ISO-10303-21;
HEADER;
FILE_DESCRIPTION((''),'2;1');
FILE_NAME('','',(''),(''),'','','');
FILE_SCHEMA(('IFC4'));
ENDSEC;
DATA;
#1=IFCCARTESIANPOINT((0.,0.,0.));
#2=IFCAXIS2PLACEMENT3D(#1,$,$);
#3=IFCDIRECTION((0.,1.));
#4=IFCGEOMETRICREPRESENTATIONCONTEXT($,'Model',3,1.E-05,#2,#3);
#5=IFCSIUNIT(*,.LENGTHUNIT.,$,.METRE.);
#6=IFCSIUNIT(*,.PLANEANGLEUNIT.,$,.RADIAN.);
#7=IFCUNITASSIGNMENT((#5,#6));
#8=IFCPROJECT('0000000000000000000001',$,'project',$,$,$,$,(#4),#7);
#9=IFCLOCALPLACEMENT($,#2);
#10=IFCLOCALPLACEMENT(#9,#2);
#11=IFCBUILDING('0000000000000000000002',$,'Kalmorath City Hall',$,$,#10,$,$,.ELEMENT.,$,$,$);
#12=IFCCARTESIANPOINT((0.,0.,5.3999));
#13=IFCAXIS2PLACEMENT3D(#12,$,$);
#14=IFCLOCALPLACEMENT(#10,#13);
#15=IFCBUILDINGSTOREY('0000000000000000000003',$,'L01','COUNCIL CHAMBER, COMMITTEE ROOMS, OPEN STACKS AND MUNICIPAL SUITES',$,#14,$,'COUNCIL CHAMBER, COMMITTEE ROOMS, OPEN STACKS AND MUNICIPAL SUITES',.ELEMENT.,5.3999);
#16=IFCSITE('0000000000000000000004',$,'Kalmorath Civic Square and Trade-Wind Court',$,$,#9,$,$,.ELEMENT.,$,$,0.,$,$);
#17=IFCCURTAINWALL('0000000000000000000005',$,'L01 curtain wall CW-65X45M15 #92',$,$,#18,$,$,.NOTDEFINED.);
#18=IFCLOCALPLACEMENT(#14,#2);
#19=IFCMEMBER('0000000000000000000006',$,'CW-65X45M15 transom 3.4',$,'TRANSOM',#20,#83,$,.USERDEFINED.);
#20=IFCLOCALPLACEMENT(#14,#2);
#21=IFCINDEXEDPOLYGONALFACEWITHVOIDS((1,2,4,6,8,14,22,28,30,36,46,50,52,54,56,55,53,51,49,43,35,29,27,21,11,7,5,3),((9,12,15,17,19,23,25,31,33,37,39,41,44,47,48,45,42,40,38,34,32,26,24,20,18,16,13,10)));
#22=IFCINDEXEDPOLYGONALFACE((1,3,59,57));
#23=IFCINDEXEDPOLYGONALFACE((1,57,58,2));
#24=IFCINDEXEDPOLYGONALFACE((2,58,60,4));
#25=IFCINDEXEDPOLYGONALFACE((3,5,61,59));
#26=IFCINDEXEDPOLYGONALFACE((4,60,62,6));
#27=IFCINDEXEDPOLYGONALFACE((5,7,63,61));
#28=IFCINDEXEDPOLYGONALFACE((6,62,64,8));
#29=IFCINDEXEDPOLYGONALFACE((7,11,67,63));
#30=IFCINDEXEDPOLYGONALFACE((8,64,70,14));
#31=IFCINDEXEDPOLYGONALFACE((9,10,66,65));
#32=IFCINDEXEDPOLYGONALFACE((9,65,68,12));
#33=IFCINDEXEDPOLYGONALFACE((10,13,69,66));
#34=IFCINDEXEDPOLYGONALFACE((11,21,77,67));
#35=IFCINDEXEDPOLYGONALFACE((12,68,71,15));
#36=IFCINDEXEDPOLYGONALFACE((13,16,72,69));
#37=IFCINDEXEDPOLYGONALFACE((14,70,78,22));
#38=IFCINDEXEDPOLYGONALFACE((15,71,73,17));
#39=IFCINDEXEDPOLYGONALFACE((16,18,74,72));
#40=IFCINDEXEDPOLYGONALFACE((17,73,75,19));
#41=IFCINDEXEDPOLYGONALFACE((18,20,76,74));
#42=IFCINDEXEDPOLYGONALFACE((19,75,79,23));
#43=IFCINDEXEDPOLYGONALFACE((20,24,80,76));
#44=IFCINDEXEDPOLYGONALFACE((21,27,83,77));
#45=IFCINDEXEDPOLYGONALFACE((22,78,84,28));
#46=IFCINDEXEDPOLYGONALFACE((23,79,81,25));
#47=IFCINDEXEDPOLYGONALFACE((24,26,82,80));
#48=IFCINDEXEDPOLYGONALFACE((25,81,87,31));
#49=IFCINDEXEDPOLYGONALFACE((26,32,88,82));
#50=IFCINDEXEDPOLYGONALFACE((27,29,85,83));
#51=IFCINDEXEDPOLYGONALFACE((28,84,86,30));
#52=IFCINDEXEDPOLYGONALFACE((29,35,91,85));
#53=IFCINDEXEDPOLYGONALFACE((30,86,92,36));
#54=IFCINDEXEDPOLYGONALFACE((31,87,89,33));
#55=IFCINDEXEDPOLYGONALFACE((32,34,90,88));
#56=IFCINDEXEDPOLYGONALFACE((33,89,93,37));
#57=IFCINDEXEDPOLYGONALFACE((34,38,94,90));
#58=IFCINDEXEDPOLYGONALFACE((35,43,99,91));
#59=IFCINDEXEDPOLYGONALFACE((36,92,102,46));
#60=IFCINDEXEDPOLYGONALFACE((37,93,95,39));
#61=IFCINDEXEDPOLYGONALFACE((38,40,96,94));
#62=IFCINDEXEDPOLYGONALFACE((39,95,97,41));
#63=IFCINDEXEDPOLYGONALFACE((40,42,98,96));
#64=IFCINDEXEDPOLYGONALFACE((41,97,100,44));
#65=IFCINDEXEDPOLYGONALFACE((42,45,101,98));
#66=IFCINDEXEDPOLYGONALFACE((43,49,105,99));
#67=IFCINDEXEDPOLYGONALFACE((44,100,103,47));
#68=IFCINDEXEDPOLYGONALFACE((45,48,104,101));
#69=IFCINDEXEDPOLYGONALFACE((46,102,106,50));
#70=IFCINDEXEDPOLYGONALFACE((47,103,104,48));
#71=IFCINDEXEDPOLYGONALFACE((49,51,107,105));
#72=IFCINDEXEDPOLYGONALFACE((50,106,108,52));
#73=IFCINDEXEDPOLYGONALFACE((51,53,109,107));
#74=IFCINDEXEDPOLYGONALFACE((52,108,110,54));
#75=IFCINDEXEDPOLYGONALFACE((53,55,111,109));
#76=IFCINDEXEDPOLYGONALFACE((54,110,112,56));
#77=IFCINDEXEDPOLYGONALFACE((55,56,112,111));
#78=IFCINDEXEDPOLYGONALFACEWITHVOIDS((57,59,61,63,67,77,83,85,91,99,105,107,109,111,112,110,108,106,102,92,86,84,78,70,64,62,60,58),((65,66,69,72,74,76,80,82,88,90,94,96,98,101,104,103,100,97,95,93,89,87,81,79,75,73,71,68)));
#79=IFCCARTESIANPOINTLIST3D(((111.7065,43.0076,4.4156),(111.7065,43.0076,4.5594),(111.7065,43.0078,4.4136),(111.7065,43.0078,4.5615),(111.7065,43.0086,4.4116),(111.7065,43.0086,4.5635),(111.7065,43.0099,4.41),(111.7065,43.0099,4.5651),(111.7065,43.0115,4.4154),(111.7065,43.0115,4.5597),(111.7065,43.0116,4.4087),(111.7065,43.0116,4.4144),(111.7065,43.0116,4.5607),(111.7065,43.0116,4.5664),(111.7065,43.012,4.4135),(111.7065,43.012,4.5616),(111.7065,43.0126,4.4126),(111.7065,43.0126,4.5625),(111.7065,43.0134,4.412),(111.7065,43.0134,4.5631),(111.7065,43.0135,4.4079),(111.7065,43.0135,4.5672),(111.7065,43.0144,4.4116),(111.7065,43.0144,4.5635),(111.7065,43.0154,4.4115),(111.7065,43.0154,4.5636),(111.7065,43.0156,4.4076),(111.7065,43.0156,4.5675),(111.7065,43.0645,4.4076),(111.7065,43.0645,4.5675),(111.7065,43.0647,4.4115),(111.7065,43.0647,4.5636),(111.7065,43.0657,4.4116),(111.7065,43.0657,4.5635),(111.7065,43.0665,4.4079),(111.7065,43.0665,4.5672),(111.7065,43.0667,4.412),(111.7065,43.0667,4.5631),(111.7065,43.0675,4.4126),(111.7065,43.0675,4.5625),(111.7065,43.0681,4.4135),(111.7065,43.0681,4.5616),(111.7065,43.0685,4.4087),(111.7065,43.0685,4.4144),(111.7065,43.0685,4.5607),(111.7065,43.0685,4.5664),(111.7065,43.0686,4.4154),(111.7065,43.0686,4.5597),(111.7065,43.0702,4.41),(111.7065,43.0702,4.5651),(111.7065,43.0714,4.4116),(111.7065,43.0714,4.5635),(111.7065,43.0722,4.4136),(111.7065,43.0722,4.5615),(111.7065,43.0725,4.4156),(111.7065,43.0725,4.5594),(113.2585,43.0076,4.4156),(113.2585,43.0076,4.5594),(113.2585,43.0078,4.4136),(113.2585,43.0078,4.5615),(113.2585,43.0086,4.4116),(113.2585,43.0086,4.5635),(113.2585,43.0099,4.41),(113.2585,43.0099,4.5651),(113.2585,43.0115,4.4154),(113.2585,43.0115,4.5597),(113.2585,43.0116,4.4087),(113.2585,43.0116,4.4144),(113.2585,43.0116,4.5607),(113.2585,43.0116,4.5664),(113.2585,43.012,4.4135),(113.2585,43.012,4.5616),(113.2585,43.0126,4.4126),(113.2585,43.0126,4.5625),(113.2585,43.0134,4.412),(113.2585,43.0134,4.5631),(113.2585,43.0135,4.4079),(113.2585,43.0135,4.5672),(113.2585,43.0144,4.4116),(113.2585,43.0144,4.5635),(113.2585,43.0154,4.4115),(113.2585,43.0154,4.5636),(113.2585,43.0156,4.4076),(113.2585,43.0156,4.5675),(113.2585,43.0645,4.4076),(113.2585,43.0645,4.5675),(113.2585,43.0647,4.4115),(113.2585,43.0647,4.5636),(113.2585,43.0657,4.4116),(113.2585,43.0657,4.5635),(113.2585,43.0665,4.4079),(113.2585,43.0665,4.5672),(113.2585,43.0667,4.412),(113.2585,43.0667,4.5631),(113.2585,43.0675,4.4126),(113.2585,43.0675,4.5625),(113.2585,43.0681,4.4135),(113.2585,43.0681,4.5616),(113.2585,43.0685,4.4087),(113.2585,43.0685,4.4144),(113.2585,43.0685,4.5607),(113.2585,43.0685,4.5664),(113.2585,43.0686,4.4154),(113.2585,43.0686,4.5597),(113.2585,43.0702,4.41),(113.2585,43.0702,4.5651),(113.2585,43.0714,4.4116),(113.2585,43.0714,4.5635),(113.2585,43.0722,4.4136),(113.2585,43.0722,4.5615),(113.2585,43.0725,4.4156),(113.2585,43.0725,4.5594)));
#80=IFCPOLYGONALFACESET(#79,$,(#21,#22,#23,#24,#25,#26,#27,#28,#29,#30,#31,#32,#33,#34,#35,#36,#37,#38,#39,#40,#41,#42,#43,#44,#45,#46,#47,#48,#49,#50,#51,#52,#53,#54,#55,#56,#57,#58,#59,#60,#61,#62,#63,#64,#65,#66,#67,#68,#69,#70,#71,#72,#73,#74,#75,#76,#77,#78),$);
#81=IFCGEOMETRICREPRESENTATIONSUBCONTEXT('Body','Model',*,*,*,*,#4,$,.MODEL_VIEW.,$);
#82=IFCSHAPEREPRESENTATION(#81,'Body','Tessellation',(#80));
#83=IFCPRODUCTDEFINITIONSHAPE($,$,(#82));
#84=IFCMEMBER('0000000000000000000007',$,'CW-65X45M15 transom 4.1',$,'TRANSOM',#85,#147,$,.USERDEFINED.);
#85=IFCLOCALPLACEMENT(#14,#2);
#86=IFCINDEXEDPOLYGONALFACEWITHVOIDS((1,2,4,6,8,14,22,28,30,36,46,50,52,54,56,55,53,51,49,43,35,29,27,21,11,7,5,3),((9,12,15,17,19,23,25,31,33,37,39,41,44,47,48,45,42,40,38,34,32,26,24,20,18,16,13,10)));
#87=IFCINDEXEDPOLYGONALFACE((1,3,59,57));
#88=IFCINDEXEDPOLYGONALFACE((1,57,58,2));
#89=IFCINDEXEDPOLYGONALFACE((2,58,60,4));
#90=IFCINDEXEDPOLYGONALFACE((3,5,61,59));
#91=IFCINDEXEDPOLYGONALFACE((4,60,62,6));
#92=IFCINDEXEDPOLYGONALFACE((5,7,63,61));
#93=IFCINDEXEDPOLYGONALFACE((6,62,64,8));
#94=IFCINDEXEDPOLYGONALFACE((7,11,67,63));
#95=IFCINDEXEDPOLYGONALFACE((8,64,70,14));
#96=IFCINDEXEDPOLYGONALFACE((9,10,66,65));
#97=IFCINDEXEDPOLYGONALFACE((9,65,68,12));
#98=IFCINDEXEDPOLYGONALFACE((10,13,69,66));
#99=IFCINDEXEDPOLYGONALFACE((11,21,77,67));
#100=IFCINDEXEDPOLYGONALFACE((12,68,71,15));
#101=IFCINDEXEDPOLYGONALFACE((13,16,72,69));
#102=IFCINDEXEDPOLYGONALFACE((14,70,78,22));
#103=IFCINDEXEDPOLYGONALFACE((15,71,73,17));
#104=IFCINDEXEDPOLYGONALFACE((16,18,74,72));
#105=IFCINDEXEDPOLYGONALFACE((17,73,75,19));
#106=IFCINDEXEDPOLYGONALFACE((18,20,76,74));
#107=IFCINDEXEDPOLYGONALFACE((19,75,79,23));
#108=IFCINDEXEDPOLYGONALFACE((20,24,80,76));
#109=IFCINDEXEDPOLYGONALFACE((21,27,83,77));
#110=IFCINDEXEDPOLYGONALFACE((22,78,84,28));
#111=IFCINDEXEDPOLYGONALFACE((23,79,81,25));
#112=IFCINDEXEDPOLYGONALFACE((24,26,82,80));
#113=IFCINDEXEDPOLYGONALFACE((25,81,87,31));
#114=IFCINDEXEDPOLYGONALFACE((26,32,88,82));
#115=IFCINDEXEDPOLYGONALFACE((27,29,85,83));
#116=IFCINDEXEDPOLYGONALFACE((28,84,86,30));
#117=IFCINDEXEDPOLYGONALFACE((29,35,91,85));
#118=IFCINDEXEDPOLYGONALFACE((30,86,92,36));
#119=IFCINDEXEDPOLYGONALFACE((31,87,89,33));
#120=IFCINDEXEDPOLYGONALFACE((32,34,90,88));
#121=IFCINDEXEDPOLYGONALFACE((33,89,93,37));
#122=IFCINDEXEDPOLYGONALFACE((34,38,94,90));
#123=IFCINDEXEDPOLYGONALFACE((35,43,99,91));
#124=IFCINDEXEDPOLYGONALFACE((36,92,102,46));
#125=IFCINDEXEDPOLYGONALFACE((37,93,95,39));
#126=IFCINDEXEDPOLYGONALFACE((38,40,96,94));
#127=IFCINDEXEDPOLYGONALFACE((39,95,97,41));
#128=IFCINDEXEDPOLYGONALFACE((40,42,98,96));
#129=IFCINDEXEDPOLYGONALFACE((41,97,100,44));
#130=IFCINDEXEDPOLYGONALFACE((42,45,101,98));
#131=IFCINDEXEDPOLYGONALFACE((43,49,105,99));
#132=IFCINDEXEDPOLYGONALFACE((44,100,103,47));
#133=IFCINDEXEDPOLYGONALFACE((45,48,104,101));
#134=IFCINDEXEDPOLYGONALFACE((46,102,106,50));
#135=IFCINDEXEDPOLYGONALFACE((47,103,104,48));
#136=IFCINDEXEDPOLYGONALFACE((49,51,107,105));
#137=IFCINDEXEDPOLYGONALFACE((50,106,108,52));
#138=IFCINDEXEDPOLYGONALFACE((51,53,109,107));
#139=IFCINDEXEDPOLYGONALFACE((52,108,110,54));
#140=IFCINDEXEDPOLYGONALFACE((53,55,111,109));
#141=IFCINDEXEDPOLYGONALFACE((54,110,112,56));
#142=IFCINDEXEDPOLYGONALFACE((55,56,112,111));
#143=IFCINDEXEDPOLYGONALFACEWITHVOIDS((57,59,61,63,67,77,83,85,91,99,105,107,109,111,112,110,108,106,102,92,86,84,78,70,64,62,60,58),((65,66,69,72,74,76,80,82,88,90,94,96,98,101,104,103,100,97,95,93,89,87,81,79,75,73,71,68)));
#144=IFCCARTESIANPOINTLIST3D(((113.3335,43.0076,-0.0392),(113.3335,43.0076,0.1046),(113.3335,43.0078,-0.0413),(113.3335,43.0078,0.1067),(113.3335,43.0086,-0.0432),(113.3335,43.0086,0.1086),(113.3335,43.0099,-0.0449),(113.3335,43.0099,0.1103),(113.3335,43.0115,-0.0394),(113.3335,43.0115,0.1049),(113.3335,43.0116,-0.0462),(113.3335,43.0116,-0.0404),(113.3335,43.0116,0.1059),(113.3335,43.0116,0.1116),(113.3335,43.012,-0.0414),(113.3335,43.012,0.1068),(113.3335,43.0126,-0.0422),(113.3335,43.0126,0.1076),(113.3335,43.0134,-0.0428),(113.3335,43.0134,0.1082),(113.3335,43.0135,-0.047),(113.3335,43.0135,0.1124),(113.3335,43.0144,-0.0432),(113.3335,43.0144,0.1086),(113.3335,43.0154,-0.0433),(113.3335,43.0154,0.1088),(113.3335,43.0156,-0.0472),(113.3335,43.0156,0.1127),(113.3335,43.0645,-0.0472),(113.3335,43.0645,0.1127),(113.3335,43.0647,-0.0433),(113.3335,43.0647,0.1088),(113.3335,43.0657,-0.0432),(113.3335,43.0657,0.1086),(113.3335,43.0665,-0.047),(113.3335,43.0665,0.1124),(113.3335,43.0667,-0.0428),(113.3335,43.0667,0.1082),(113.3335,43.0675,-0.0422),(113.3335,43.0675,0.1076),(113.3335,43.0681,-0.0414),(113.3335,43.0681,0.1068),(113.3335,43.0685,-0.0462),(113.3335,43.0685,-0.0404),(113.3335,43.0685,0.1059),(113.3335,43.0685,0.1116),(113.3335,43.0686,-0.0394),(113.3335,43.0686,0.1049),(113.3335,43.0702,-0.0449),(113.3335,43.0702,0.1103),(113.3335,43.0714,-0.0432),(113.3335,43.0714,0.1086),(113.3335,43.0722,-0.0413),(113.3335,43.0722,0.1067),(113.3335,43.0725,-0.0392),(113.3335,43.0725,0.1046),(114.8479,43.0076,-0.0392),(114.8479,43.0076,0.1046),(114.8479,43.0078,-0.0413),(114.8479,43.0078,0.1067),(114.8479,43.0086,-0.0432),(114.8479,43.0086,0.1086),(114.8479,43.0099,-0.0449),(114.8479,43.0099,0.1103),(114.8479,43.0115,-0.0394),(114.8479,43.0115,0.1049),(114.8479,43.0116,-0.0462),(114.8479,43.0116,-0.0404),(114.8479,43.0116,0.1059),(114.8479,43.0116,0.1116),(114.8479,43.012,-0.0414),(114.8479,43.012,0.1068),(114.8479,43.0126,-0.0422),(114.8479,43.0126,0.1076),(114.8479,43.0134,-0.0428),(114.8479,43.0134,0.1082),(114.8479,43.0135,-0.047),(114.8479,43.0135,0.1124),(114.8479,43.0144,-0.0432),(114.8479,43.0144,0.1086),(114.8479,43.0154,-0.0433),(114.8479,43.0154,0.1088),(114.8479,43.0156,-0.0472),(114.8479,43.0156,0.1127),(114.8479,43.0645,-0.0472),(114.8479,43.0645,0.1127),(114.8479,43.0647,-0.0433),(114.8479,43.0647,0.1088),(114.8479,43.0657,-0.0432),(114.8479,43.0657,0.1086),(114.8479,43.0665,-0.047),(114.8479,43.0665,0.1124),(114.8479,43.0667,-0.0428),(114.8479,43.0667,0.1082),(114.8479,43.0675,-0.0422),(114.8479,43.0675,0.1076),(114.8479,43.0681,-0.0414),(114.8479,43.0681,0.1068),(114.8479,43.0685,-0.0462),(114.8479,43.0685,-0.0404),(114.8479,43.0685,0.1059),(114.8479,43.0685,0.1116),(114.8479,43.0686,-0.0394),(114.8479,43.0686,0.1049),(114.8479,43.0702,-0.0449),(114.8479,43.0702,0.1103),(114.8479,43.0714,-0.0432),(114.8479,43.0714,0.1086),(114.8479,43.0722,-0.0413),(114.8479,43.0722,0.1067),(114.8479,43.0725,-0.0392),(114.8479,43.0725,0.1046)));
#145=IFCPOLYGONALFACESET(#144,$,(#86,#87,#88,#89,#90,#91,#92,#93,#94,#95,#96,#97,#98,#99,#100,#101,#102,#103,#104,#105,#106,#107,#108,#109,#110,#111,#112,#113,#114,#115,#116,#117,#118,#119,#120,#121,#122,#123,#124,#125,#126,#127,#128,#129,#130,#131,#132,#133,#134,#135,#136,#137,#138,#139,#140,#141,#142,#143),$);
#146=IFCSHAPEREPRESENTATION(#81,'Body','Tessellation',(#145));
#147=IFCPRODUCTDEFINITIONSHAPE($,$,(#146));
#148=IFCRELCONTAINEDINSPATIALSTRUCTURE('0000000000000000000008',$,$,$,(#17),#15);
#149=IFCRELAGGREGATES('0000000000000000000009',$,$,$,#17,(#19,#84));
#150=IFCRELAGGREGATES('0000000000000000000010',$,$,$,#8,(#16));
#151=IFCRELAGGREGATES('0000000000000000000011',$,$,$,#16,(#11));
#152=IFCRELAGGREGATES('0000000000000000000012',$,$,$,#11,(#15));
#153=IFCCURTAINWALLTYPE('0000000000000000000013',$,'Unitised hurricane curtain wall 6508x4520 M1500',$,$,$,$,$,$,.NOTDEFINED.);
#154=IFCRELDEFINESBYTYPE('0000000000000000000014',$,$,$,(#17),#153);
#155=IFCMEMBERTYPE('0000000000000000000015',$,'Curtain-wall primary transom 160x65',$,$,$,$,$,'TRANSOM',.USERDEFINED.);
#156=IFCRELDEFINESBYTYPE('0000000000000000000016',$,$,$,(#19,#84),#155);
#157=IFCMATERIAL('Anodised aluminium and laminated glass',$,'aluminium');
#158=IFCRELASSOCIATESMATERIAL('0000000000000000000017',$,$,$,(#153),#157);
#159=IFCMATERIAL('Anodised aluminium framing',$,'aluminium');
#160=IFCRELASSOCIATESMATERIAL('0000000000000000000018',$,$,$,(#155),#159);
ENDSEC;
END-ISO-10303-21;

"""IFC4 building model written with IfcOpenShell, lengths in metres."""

from ifc_helpers import new_model, si_unit, direction, frame, origin, origin_2d, place, context, subcontext, project, spatial, hollow_rectangle, extrude, material, material_profile, profile_set, type_object, element, aggregate, save


model = new_model("IFC4")

# Units and contexts
model_context = context("Model", 3, precision=1e-05, world=origin(), true_north=direction((0.0, 1.0)))
body_context = subcontext(model_context, "Body", "Model", "MODEL_VIEW")
ifc_project = project(units=[si_unit("LENGTHUNIT", "METRE"), si_unit("PLANEANGLEUNIT", "RADIAN")], contexts=[model_context])

# Site, building, storey
site_placement = place(None, origin())
site = spatial("IfcSite", under=ifc_project, at=site_placement, Name="Kalmorath Civic Square and Trade-Wind Court", CompositionType="ELEMENT", RefElevation=0.0)
building_placement = place(site_placement, origin())
building = spatial("IfcBuilding", under=site, at=building_placement, Name="Kalmorath City Hall", CompositionType="ELEMENT")
storey_placement = place(building_placement, frame((0.0, 0.0, 5.3999)))
storey = spatial("IfcBuildingStorey", under=building, at=storey_placement, Name="L01", Description="COUNCIL CHAMBER, COMMITTEE ROOMS, OPEN STACKS AND MUNICIPAL SUITES", LongName="COUNCIL CHAMBER, COMMITTEE ROOMS, OPEN STACKS AND MUNICIPAL SUITES", CompositionType="ELEMENT", Elevation=5.3999)

# Curtain wall, members
ifc_material_1 = material(Name="Anodised aluminium and laminated glass", Category="aluminium")
curtain_wall_type = type_object("IfcCurtainWallType", Name="Unitised hurricane curtain wall 6508x4520 M1500", PredefinedType="NOTDEFINED", material=ifc_material_1)
curtain_wall_placement = place(storey_placement, origin())
curtain_wall = element("IfcCurtainWall", 1, at=curtain_wall_placement, inside=storey, type_object=curtain_wall_type, Name="L01 curtain wall CW-65X45M15 #92", PredefinedType="NOTDEFINED")
ifc_material_2 = material(Name="Anodised aluminium framing", Category="aluminium")
ifc_material_profile_1 = material_profile(ifc_material_2, hollow_rectangle(XDim=0.0649, YDim=0.1599, WallThickness=0.0039, InnerFilletRadius=0.0039, OuterFilletRadius=0.0081, at=origin_2d()), Name="ALU-TRN-160X65X4")
ifc_profile_set_1 = profile_set([ifc_material_profile_1], Name="Anodised aluminium framing")
member_type_1 = type_object("IfcMemberType", Name="Curtain-wall primary transom 160x65", ElementType="TRANSOM", PredefinedType="USERDEFINED", material=ifc_profile_set_1)
member_1_placement = place(storey_placement, frame((111.7065, 43.04, 4.4875), z_axis=(1.0, 0.0, 0.0), x_axis=(0.0, 1.0, 0.0)))
member_1 = element("IfcMember", 2, at=member_1_placement, type_object=member_type_1, Name="CW-65X45M15 transom 3.4", ObjectType="TRANSOM", PredefinedType="USERDEFINED", context=body_context, shape_type="SweptSolid", body=[
    extrude(hollow_rectangle(XDim=0.0649, YDim=0.1599, WallThickness=0.0039, InnerFilletRadius=0.0039, OuterFilletRadius=0.0081, at=origin_2d()), origin(), (0.0, 0.0, 1.0), 1.552),
])
member_2_placement = place(storey_placement, frame((113.3335, 43.04, 0.0327), z_axis=(1.0, 0.0, 0.0), x_axis=(0.0, 1.0, 0.0)))
member_2 = element("IfcMember", 3, at=member_2_placement, type_object=member_type_1, Name="CW-65X45M15 transom 4.1", ObjectType="TRANSOM", PredefinedType="USERDEFINED", context=body_context, shape_type="SweptSolid", body=[
    extrude(hollow_rectangle(XDim=0.0649, YDim=0.1599, WallThickness=0.0039, InnerFilletRadius=0.0039, OuterFilletRadius=0.0081, at=origin_2d()), origin(), (0.0, 0.0, 1.0), 1.5144),
])
aggregate(curtain_wall, [member_1, member_2])

save(model, "model.ifc")
